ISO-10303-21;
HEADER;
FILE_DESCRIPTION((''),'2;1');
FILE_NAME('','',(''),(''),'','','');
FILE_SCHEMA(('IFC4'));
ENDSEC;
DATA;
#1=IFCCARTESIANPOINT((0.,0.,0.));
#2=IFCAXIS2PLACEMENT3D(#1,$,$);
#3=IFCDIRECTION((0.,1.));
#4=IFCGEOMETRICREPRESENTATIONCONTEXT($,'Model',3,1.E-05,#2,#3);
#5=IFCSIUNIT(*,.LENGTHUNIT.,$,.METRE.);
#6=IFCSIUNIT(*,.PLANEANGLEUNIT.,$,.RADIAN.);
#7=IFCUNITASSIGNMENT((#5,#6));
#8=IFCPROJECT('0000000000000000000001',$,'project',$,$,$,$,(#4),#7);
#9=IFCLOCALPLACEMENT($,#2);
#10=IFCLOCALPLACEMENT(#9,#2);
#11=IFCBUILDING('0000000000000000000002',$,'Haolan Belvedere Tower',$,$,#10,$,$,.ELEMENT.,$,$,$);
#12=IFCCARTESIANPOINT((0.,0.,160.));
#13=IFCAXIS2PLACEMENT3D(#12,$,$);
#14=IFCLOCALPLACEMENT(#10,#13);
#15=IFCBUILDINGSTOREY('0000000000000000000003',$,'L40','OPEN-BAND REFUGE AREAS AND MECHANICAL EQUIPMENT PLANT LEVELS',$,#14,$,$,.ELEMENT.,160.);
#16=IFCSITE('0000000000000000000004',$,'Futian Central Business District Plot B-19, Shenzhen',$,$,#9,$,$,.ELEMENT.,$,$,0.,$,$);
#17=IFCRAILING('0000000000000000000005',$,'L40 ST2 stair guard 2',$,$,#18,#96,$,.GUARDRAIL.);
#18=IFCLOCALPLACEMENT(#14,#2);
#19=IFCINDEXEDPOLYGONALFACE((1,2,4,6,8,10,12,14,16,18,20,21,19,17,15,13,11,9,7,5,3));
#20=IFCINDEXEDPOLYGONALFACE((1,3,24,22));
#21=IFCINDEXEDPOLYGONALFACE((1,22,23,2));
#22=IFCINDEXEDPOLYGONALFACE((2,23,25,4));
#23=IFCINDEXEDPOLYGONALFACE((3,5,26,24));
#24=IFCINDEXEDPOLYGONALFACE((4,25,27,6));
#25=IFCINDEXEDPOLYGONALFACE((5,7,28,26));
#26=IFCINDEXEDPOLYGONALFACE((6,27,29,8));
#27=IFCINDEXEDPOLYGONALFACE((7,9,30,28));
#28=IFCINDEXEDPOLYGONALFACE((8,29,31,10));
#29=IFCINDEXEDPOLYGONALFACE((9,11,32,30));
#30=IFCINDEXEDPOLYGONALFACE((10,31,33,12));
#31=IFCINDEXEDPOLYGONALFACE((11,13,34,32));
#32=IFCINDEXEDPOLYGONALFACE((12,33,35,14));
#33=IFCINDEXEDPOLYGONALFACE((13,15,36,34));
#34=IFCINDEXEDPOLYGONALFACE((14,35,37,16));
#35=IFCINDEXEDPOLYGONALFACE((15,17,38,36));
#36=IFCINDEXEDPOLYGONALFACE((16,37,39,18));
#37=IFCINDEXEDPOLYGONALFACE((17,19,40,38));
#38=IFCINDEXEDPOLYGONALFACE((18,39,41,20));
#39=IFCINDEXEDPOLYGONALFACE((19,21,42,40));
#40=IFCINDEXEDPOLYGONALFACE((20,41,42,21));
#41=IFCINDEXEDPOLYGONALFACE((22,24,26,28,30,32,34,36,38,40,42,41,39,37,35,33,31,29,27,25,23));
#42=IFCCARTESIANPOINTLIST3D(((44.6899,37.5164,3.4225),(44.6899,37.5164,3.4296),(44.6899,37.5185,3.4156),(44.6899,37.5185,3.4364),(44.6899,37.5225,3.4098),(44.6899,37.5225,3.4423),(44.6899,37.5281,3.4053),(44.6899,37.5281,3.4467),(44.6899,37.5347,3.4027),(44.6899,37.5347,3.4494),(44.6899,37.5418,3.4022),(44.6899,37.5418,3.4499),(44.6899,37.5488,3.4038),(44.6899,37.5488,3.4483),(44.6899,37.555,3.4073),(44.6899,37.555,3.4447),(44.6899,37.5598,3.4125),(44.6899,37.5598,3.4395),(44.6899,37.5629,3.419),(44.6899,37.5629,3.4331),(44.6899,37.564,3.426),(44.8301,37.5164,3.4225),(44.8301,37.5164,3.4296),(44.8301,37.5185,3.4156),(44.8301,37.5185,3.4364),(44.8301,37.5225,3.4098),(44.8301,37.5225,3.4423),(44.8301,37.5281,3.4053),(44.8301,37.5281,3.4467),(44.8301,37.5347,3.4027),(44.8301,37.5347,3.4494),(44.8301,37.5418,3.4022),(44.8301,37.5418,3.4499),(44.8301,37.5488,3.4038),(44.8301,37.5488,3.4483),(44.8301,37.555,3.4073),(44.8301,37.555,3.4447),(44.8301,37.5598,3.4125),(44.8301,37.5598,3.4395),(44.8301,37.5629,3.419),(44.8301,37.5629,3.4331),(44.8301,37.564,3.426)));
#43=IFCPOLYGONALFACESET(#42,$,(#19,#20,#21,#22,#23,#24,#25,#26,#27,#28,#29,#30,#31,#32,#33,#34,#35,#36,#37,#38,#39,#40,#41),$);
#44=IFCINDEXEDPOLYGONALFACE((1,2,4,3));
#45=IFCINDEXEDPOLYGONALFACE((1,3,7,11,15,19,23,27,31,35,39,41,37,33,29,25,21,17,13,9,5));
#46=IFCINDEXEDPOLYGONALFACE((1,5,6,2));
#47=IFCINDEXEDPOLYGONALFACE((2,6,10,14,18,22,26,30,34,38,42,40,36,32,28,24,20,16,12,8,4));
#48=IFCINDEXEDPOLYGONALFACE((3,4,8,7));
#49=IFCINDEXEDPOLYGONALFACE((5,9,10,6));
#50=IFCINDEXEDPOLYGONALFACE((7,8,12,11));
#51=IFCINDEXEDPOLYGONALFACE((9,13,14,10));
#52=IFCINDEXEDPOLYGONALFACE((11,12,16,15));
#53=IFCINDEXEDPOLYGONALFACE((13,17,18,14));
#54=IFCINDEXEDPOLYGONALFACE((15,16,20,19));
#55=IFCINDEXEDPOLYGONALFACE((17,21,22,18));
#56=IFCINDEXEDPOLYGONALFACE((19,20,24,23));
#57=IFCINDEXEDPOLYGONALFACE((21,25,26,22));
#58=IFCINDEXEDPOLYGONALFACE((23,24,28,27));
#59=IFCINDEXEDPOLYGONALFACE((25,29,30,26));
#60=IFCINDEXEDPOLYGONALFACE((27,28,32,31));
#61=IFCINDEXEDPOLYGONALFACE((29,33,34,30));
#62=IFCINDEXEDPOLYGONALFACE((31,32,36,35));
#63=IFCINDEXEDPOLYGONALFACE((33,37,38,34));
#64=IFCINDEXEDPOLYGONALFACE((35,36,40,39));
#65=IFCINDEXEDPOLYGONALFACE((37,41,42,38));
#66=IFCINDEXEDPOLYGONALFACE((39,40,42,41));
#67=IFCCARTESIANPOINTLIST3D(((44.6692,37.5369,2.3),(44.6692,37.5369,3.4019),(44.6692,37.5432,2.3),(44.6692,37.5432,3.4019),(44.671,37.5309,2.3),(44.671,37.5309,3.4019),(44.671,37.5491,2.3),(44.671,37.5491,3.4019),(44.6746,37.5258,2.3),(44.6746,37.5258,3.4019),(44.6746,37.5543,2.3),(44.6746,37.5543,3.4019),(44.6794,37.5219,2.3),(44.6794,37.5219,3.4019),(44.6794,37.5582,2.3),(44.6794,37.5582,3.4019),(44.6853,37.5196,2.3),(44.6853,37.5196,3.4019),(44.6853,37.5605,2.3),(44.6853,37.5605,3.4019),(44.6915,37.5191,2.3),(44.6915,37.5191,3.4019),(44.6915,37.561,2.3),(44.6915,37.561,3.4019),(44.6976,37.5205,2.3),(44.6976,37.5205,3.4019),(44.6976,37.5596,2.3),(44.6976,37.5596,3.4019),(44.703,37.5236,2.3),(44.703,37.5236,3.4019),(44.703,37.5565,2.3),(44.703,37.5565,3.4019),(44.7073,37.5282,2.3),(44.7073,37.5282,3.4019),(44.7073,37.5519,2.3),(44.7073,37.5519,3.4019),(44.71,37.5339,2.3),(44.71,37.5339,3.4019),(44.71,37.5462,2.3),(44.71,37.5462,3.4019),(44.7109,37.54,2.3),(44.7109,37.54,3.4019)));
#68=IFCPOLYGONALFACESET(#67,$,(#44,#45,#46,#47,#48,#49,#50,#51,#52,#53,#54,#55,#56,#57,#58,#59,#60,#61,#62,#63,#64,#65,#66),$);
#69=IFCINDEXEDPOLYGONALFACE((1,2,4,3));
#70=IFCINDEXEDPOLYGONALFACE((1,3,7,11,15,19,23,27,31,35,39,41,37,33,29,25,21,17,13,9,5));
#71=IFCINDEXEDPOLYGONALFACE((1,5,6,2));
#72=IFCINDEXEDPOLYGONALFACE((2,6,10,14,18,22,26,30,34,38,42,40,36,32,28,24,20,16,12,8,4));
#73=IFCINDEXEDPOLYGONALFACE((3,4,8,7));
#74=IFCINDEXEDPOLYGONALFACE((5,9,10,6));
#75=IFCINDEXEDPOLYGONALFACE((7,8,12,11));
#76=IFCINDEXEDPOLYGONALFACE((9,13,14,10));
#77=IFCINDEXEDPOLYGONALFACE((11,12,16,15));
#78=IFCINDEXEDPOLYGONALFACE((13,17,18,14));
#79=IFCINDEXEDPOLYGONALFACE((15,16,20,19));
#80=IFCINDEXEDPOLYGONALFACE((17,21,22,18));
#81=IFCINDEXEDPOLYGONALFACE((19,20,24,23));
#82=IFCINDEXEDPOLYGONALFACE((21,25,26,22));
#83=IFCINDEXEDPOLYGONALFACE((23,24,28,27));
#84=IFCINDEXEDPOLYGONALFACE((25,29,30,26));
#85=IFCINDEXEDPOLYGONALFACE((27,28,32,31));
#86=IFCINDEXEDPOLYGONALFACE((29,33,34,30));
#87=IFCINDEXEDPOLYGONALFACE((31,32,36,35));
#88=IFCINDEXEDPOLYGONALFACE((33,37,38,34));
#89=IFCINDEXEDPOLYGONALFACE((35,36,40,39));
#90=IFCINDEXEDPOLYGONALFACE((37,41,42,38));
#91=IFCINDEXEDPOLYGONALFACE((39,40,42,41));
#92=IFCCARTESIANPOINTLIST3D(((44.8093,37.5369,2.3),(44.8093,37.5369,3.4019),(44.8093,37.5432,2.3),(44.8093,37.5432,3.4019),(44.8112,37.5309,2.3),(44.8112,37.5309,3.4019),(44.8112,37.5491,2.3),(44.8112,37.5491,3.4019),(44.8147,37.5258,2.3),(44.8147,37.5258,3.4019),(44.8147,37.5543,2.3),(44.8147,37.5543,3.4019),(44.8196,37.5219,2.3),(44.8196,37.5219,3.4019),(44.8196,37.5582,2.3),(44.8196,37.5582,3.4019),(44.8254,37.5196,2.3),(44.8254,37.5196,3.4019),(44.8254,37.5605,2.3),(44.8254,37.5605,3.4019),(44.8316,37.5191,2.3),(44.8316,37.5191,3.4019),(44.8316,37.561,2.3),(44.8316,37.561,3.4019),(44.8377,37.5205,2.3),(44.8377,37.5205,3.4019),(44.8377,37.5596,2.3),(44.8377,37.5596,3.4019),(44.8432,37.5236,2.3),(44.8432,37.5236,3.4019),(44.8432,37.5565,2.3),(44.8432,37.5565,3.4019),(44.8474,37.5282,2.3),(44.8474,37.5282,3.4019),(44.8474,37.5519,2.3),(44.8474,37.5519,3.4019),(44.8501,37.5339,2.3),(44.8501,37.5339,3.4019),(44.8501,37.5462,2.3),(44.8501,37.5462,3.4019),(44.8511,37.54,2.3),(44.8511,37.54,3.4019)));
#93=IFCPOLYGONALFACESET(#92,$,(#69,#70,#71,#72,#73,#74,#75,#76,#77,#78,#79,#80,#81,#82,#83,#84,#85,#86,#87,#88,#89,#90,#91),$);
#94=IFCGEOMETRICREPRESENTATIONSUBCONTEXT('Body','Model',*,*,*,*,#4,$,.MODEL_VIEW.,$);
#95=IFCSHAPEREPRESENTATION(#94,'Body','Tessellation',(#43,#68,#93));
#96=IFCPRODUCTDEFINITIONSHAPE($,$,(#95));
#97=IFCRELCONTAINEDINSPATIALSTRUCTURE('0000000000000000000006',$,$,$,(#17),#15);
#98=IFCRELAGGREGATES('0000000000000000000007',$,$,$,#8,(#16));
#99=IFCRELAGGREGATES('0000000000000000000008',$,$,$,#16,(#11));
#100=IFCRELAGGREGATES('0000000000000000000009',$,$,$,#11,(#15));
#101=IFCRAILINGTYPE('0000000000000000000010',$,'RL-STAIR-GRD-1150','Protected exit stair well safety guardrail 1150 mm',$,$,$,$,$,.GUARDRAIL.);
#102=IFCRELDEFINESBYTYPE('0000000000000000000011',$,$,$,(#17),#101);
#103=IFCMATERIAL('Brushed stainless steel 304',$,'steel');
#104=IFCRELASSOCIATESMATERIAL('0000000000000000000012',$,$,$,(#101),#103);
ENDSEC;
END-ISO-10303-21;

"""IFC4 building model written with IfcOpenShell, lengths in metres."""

from ifc_helpers import new_model, si_unit, direction, frame, origin, origin_2d, place, context, subcontext, project, spatial, circle, extrude, material, type_object, element, save


model = new_model("IFC4")

# Units and contexts
model_context = context("Model", 3, precision=1e-05, world=origin(), true_north=direction((0.0, 1.0)))
body_context = subcontext(model_context, "Body", "Model", "MODEL_VIEW")
ifc_project = project(units=[si_unit("LENGTHUNIT", "METRE"), si_unit("PLANEANGLEUNIT", "RADIAN")], contexts=[model_context])

# Site, building, storey
site_placement = place(None, origin())
site = spatial("IfcSite", under=ifc_project, at=site_placement, Name="Futian Central Business District Plot B-19, Shenzhen", CompositionType="ELEMENT", RefElevation=0.0)
building_placement = place(site_placement, origin())
building = spatial("IfcBuilding", under=site, at=building_placement, Name="Haolan Belvedere Tower", CompositionType="ELEMENT")
storey_placement = place(building_placement, frame((0.0, 0.0, 160.0)))
storey = spatial("IfcBuildingStorey", under=building, at=storey_placement, Name="L40", Description="OPEN-BAND REFUGE AREAS AND MECHANICAL EQUIPMENT PLANT LEVELS", CompositionType="ELEMENT", Elevation=160.0)

# Railing
ifc_material_1 = material(Name="Brushed stainless steel 304", Category="steel")
railing_type_1 = type_object("IfcRailingType", Name="RL-STAIR-GRD-1150", Description="Protected exit stair well safety guardrail 1150 mm", PredefinedType="GUARDRAIL", material=ifc_material_1)
railing_1_placement = place(storey_placement, frame((44.6899, 37.54, 2.3)))
element("IfcRailing", 1, at=railing_1_placement, inside=storey, type_object=railing_type_1, Name="L40 ST2 stair guard 2", PredefinedType="GUARDRAIL", context=body_context, shape_type="SweptSolid", body=[
    extrude(circle(Radius=0.0239, at=origin_2d()), frame((0.0, 0.0, 1.126), z_axis=(1.0, 0.0, 0.0), x_axis=(0.0, 1.0, 0.0)), (0.0, 0.0, 1.0), 0.1401),
    extrude(circle(Radius=0.021, at=origin_2d()), origin(), (0.0, 0.0, 1.0), 1.1018),
    extrude(circle(Radius=0.021, at=origin_2d()), frame((0.1401, 0.0, 0.0)), (0.0, 0.0, 1.0), 1.1018),
])

save(model, "model.ifc")
